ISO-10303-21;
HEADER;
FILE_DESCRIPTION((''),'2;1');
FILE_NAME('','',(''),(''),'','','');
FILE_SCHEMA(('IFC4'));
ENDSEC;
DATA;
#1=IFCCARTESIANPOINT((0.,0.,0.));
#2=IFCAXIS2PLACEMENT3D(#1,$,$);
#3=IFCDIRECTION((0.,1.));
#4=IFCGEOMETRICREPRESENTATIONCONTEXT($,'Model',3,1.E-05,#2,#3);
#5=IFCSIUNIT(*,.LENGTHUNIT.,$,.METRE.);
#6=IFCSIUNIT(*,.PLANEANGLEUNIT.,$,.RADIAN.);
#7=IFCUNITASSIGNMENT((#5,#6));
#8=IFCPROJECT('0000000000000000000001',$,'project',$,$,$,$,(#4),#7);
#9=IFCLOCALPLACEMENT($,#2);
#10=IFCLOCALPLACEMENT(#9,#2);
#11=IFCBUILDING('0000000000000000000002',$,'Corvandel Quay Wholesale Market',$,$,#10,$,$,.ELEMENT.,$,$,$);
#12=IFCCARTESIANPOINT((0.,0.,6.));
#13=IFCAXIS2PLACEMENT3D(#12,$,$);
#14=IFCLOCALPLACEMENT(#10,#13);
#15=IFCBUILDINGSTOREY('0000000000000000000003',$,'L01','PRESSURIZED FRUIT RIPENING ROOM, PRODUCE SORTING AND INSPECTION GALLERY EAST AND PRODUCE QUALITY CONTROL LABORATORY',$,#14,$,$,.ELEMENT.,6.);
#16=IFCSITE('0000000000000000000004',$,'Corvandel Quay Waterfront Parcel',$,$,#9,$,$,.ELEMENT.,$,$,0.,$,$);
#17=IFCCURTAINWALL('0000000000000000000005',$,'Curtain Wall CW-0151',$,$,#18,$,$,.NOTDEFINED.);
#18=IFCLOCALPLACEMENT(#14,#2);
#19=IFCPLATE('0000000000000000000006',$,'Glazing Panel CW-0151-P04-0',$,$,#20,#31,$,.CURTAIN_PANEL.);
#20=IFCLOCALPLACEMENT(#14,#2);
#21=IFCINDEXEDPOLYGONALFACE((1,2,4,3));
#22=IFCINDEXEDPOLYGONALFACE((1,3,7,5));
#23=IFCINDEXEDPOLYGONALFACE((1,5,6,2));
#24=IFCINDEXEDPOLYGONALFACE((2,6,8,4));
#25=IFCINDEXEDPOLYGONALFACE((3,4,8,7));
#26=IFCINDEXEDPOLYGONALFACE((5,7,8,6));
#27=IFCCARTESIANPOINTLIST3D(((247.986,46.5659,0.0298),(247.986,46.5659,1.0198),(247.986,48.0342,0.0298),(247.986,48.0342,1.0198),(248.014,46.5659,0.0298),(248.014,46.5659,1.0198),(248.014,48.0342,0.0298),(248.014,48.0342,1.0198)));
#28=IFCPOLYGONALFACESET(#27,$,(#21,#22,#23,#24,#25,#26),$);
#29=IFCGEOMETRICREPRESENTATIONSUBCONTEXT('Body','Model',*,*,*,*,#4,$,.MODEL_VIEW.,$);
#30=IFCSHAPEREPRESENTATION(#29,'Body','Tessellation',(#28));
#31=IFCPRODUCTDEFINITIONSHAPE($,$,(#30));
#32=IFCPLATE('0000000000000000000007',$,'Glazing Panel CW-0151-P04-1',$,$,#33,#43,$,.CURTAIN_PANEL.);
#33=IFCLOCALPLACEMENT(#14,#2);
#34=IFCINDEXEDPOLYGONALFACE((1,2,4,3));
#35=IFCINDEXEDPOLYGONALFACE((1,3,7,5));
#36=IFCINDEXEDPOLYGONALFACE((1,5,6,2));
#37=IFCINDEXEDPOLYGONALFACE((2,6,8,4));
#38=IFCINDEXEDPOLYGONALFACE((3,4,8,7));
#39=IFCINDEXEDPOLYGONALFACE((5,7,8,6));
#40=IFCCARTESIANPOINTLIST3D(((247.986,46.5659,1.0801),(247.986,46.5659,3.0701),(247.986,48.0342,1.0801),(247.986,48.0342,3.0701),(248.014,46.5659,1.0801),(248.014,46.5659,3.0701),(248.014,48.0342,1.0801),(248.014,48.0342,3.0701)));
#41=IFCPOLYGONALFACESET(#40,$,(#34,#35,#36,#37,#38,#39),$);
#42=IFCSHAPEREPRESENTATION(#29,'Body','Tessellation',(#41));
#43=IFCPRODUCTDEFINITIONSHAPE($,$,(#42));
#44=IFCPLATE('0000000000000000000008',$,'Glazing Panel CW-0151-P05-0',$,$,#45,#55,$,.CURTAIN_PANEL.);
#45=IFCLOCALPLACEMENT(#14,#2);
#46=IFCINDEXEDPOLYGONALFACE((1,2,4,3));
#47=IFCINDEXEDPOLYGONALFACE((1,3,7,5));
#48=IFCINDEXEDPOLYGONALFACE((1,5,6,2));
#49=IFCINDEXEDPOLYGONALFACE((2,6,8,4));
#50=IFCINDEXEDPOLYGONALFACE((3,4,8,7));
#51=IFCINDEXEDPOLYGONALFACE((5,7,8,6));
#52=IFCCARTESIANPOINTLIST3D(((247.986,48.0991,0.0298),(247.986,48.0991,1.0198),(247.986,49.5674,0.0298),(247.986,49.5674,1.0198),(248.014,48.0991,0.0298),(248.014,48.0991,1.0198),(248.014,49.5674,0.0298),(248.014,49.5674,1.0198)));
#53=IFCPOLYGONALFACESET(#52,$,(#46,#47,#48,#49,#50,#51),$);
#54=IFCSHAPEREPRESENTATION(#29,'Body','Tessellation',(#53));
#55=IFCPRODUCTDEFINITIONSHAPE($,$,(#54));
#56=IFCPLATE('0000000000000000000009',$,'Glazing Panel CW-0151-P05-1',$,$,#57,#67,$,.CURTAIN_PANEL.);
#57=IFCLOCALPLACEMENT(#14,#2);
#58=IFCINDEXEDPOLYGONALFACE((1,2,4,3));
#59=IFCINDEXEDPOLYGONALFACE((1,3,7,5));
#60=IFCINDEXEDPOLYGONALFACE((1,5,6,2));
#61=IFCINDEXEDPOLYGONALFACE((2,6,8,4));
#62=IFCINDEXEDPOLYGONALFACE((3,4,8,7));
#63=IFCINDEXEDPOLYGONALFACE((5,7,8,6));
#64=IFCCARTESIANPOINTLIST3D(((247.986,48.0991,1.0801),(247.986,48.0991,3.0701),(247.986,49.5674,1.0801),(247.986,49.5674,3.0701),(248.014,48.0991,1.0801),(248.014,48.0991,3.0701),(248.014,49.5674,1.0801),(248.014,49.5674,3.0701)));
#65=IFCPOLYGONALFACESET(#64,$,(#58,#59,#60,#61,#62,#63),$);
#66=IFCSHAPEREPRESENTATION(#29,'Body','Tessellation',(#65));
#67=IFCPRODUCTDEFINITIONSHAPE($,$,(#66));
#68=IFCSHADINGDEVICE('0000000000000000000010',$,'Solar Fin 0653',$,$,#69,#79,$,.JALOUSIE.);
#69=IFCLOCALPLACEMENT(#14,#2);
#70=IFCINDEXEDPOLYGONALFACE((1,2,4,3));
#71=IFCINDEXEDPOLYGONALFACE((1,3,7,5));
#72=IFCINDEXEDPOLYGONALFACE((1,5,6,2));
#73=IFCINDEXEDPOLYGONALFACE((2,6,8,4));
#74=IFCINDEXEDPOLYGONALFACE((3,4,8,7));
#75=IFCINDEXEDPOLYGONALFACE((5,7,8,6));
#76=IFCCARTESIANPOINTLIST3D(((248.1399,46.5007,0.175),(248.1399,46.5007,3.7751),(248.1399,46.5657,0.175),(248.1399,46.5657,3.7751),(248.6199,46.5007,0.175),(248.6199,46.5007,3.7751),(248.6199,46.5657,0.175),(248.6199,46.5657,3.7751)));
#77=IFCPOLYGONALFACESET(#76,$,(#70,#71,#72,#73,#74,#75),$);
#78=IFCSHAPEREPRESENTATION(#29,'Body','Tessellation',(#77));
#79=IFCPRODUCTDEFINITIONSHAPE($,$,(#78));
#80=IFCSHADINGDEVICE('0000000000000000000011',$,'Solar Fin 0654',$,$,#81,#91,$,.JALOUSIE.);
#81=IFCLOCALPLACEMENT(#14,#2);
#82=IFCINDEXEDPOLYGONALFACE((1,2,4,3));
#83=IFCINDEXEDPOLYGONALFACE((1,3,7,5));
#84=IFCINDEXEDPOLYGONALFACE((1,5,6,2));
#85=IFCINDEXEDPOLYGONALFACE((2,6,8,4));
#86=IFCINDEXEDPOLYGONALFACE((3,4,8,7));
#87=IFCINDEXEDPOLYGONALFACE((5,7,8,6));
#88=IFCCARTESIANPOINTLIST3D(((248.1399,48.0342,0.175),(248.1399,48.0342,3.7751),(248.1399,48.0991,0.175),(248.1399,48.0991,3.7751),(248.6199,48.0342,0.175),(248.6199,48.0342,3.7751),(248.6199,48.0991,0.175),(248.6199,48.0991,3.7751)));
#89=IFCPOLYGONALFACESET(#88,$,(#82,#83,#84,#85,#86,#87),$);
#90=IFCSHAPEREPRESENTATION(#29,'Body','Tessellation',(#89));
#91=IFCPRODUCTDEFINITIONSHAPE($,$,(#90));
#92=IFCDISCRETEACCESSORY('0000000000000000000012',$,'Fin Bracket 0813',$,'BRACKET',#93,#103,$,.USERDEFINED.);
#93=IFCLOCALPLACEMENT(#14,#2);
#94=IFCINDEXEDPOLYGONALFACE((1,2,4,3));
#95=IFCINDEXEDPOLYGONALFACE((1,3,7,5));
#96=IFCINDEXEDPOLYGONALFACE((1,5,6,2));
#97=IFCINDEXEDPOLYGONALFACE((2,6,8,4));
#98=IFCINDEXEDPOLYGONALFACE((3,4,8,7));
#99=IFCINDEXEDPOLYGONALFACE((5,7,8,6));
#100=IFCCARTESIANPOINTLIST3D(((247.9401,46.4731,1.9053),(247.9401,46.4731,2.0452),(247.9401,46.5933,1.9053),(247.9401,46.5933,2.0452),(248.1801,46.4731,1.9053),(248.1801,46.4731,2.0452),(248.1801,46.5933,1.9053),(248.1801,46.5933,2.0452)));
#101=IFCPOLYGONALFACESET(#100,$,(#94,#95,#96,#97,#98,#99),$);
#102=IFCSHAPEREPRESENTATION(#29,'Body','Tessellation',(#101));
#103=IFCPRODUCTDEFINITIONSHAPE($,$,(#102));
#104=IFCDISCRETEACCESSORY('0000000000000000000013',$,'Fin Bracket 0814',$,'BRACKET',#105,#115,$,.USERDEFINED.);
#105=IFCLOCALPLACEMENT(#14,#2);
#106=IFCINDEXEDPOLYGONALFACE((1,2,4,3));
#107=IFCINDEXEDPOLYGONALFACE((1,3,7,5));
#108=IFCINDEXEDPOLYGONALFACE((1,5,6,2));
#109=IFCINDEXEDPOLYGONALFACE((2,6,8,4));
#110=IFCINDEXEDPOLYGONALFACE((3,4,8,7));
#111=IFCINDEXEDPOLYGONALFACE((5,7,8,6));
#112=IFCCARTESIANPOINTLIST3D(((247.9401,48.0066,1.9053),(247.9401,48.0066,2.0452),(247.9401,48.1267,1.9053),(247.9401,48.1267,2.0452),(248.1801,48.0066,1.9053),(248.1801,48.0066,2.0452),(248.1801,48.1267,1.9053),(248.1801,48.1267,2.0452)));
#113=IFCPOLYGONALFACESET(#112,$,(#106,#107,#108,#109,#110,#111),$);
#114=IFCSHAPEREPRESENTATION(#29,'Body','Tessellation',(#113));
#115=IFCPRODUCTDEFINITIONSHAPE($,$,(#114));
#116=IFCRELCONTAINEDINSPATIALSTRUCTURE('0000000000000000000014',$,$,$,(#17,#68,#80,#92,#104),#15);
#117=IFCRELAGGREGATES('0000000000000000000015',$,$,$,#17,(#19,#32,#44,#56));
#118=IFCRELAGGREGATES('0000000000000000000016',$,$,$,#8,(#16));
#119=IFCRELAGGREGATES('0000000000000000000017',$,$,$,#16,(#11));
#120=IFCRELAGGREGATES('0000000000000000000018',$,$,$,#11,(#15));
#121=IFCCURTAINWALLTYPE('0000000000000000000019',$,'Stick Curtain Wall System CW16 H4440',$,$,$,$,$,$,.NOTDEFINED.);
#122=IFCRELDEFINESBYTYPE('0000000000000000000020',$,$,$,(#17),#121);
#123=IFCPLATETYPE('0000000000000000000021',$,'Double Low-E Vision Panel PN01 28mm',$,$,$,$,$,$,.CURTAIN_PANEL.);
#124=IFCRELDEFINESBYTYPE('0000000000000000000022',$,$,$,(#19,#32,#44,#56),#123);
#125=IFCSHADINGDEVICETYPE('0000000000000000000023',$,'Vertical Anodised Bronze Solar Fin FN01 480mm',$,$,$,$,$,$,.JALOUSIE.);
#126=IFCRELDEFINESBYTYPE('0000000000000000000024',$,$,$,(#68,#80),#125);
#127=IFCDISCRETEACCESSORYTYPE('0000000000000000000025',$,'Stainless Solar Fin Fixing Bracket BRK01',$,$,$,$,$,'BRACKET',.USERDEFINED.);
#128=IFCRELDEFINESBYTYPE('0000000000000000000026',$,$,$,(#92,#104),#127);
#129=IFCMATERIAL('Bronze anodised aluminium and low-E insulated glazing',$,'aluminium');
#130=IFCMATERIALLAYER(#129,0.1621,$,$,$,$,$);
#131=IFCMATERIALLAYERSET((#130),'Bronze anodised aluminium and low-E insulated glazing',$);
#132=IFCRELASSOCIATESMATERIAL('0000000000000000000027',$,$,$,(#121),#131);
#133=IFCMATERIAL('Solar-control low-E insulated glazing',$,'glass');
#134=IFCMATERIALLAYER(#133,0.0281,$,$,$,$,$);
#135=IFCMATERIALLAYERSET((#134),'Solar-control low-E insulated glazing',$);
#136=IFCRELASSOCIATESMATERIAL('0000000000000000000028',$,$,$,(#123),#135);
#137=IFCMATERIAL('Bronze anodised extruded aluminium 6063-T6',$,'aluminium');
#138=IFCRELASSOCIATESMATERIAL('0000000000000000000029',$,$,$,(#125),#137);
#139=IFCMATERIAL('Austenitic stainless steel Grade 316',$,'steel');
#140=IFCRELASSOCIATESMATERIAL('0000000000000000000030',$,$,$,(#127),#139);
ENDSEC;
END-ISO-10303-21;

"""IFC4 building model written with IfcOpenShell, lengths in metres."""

from ifc_helpers import new_model, si_unit, direction, frame, origin, origin_2d, place, context, subcontext, project, spatial, rectangle, extrude, material, layer, layer_set, type_object, element, aggregate, save


model = new_model("IFC4")

# Units and contexts
model_context = context("Model", 3, precision=1e-05, world=origin(), true_north=direction((0.0, 1.0)))
body_context = subcontext(model_context, "Body", "Model", "MODEL_VIEW")
ifc_project = project(units=[si_unit("LENGTHUNIT", "METRE"), si_unit("PLANEANGLEUNIT", "RADIAN")], contexts=[model_context])

# Site, building, storey
site_placement = place(None, origin())
site = spatial("IfcSite", under=ifc_project, at=site_placement, Name="Corvandel Quay Waterfront Parcel", CompositionType="ELEMENT", RefElevation=0.0)
building_placement = place(site_placement, origin())
building = spatial("IfcBuilding", under=site, at=building_placement, Name="Corvandel Quay Wholesale Market", CompositionType="ELEMENT")
storey_placement = place(building_placement, frame((0.0, 0.0, 6.0)))
storey = spatial("IfcBuildingStorey", under=building, at=storey_placement, Name="L01", Description="PRESSURIZED FRUIT RIPENING ROOM, PRODUCE SORTING AND INSPECTION GALLERY EAST AND PRODUCE QUALITY CONTROL LABORATORY", CompositionType="ELEMENT", Elevation=6.0)

# Curtain wall, plates
ifc_material_1 = material(Name="Bronze anodised aluminium and low-E insulated glazing", Category="aluminium")
ifc_layer_1 = layer(ifc_material_1, 0.1621)
ifc_layer_set_1 = layer_set([ifc_layer_1], Name="Bronze anodised aluminium and low-E insulated glazing")
curtain_wall_type = type_object("IfcCurtainWallType", Name="Stick Curtain Wall System CW16 H4440", PredefinedType="NOTDEFINED", material=ifc_layer_set_1)
curtain_wall_placement = place(storey_placement, origin())
curtain_wall = element("IfcCurtainWall", 1, at=curtain_wall_placement, inside=storey, type_object=curtain_wall_type, Name="Curtain Wall CW-0151", PredefinedType="NOTDEFINED")
ifc_material_2 = material(Name="Solar-control low-E insulated glazing", Category="glass")
ifc_layer_2 = layer(ifc_material_2, 0.0281)
ifc_layer_set_2 = layer_set([ifc_layer_2], Name="Solar-control low-E insulated glazing")
plate_type_1 = type_object("IfcPlateType", Name="Double Low-E Vision Panel PN01 28mm", PredefinedType="CURTAIN_PANEL", material=ifc_layer_set_2)
plate_1_placement = place(storey_placement, frame((248.0, 47.3, 0.0298), z_axis=(0.0, 0.0, 1.0), x_axis=(0.0, 1.0, 0.0)))
plate_1 = element("IfcPlate", 2, at=plate_1_placement, type_object=plate_type_1, Name="Glazing Panel CW-0151-P04-0", PredefinedType="CURTAIN_PANEL", context=body_context, shape_type="SweptSolid", body=[
    extrude(rectangle(XDim=1.4683, YDim=0.0281, at=origin_2d()), origin(), (0.0, 0.0, 1.0), 0.99),
])
plate_2_placement = place(storey_placement, frame((248.0, 47.3, 1.0801), z_axis=(0.0, 0.0, 1.0), x_axis=(0.0, 1.0, 0.0)))
plate_2 = element("IfcPlate", 3, at=plate_2_placement, type_object=plate_type_1, Name="Glazing Panel CW-0151-P04-1", PredefinedType="CURTAIN_PANEL", context=body_context, shape_type="SweptSolid", body=[
    extrude(rectangle(XDim=1.4683, YDim=0.0281, at=origin_2d()), origin(), (0.0, 0.0, 1.0), 1.99),
])
plate_3_placement = place(storey_placement, frame((248.0, 48.8333, 0.0298), z_axis=(0.0, 0.0, 1.0), x_axis=(0.0, 1.0, 0.0)))
plate_3 = element("IfcPlate", 4, at=plate_3_placement, type_object=plate_type_1, Name="Glazing Panel CW-0151-P05-0", PredefinedType="CURTAIN_PANEL", context=body_context, shape_type="SweptSolid", body=[
    extrude(rectangle(XDim=1.4683, YDim=0.0281, at=origin_2d()), origin(), (0.0, 0.0, 1.0), 0.99),
])
plate_4_placement = place(storey_placement, frame((248.0, 48.8333, 1.0801), z_axis=(0.0, 0.0, 1.0), x_axis=(0.0, 1.0, 0.0)))
plate_4 = element("IfcPlate", 5, at=plate_4_placement, type_object=plate_type_1, Name="Glazing Panel CW-0151-P05-1", PredefinedType="CURTAIN_PANEL", context=body_context, shape_type="SweptSolid", body=[
    extrude(rectangle(XDim=1.4683, YDim=0.0281, at=origin_2d()), origin(), (0.0, 0.0, 1.0), 1.99),
])
aggregate(curtain_wall, [plate_1, plate_2, plate_3, plate_4])

# Shading devices
ifc_material_3 = material(Name="Bronze anodised extruded aluminium 6063-T6", Category="aluminium")
shading_device_type = type_object("IfcShadingDeviceType", Name="Vertical Anodised Bronze Solar Fin FN01 480mm", PredefinedType="JALOUSIE", material=ifc_material_3)
for number, where, z_axis, x_axis, name in (
    (6, (248.3799, 46.5332, 0.175), (0.0, 0.0, 1.0), (1.0, 0.0, 0.0), "Solar Fin 0653"),
    (7, (248.3799, 48.0667, 0.175), (0.0, 0.0, 1.0), (1.0, 0.0, 0.0), "Solar Fin 0654"),
):
    element("IfcShadingDevice", number, at=place(storey_placement, frame(where, z_axis=z_axis, x_axis=x_axis)), inside=storey, type_object=shading_device_type, Name=name, PredefinedType="JALOUSIE", context=body_context, shape_type="SweptSolid", body=[
        extrude(rectangle(XDim=0.48, YDim=0.0649, at=origin_2d()), origin(), (0.0, 0.0, 1.0), 3.6001),
    ])

# Discrete accessories
ifc_material_4 = material(Name="Austenitic stainless steel Grade 316", Category="steel")
discrete_accessory_type = type_object("IfcDiscreteAccessoryType", Name="Stainless Solar Fin Fixing Bracket BRK01", ElementType="BRACKET", PredefinedType="USERDEFINED", material=ifc_material_4)
for number, where, z_axis, x_axis, name in (
    (8, (248.0601, 46.5332, 1.9053), (0.0, 0.0, 1.0), (1.0, 0.0, 0.0), "Fin Bracket 0813"),
    (9, (248.0601, 48.0667, 1.9053), (0.0, 0.0, 1.0), (1.0, 0.0, 0.0), "Fin Bracket 0814"),
):
    element("IfcDiscreteAccessory", number, at=place(storey_placement, frame(where, z_axis=z_axis, x_axis=x_axis)), inside=storey, type_object=discrete_accessory_type, Name=name, ObjectType="BRACKET", PredefinedType="USERDEFINED", context=body_context, shape_type="SweptSolid", body=[
        extrude(rectangle(XDim=0.24, YDim=0.1201, at=origin_2d()), origin(), (0.0, 0.0, 1.0), 0.1399),
    ])

save(model, "model.ifc")
